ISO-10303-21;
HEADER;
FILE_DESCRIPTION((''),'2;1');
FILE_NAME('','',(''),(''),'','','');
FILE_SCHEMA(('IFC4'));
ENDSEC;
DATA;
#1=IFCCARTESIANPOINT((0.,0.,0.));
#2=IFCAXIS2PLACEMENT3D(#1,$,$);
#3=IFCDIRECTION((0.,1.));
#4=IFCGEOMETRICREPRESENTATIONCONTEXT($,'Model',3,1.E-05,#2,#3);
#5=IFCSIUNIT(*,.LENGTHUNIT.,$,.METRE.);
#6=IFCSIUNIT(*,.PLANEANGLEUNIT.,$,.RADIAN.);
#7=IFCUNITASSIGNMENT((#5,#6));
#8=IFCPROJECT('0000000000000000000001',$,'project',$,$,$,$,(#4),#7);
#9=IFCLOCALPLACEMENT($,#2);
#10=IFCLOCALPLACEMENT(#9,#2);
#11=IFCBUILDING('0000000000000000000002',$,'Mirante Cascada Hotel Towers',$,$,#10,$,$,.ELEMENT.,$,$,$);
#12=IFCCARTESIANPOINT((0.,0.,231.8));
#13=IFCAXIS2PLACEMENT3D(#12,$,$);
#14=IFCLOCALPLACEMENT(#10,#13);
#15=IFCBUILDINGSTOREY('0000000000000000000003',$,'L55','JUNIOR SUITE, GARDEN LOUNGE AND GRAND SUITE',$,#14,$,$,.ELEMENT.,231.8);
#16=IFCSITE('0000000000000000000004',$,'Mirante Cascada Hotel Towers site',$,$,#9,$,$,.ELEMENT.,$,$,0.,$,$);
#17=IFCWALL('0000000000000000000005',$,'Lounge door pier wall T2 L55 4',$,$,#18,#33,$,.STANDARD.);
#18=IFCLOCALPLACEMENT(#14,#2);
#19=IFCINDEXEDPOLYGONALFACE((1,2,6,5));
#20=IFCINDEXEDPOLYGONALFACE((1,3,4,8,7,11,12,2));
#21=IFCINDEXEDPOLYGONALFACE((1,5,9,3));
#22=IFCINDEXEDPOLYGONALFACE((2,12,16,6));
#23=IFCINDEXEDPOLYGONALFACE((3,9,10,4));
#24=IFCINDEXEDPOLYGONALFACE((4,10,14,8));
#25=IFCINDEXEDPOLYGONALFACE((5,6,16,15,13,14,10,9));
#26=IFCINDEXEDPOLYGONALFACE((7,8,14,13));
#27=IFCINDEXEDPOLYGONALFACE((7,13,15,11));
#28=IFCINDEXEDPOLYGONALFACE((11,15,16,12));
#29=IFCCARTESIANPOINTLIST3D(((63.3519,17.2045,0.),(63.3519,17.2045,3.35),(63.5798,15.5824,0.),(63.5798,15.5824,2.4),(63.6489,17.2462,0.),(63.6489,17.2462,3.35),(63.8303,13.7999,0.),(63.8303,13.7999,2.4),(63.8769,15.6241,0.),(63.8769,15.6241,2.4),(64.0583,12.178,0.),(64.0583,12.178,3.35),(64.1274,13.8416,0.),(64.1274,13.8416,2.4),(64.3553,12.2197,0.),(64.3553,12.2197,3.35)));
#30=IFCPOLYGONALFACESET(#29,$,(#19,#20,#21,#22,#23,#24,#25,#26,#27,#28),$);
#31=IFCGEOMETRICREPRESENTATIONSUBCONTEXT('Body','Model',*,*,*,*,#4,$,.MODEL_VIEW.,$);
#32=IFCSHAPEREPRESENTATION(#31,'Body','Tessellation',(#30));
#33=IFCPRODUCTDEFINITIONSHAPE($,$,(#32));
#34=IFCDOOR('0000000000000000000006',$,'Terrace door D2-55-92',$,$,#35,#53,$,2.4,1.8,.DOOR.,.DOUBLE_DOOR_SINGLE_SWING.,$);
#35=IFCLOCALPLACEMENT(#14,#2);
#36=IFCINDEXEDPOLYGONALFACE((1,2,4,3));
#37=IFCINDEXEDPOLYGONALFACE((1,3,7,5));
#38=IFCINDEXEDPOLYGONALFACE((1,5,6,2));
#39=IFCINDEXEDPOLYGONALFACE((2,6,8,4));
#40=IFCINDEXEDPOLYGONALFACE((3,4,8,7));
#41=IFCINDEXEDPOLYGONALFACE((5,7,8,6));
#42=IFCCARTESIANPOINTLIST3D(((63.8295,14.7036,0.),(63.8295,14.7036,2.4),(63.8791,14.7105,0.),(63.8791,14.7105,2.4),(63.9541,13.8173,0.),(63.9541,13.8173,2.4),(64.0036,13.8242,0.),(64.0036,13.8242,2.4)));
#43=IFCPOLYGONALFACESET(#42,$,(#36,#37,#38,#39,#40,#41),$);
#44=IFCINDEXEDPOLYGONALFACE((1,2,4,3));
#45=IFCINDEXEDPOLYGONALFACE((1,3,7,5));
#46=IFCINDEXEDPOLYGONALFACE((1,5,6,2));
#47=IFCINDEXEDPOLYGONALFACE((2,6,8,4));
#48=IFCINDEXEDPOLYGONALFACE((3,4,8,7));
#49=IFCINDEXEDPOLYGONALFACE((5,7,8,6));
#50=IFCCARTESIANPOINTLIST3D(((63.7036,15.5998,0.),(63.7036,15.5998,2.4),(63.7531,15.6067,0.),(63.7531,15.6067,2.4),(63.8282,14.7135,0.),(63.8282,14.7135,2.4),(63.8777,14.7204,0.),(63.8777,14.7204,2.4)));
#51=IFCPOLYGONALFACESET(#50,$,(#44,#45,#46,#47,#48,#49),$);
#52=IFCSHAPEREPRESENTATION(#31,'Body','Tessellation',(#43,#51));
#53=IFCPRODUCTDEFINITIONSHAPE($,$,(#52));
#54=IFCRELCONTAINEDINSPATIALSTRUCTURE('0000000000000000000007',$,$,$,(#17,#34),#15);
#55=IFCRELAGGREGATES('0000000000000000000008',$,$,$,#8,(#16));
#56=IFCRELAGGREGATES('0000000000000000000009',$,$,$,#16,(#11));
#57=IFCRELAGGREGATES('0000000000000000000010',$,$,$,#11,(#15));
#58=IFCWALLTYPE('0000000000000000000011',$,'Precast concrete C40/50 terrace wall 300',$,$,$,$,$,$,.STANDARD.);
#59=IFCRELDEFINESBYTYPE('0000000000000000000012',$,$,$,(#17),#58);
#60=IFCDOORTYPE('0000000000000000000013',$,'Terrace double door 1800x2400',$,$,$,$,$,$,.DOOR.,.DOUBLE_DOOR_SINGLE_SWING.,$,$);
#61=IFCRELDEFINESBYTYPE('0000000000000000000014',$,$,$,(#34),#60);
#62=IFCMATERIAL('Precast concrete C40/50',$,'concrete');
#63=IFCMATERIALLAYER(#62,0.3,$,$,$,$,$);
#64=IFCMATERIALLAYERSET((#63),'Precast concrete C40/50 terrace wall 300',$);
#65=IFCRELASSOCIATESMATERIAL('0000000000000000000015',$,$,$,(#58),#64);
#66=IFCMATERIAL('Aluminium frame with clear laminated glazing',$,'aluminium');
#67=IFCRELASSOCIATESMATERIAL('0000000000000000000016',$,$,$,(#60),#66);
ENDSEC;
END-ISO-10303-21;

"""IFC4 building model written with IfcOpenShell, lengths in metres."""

from ifc_helpers import new_model, si_unit, direction, frame, frame_2d, origin, place, context, subcontext, project, spatial, rectangle, extrude, material, layer, layer_set, type_object, element, fill, save


model = new_model("IFC4")

# Units and contexts
model_context = context("Model", 3, precision=1e-05, world=origin(), true_north=direction((0.0, 1.0)))
body_context = subcontext(model_context, "Body", "Model", "MODEL_VIEW")
ifc_project = project(units=[si_unit("LENGTHUNIT", "METRE"), si_unit("PLANEANGLEUNIT", "RADIAN")], contexts=[model_context])

# Site, building, storey
site_placement = place(None, origin())
site = spatial("IfcSite", under=ifc_project, at=site_placement, Name="Mirante Cascada Hotel Towers site", CompositionType="ELEMENT", RefElevation=0.0)
building_placement = place(site_placement, origin())
building = spatial("IfcBuilding", under=site, at=building_placement, Name="Mirante Cascada Hotel Towers", CompositionType="ELEMENT")
storey_placement = place(building_placement, frame((0.0, 0.0, 231.8)))
storey = spatial("IfcBuildingStorey", under=building, at=storey_placement, Name="L55", Description="JUNIOR SUITE, GARDEN LOUNGE AND GRAND SUITE", CompositionType="ELEMENT", Elevation=231.8)

# Wall, opening, door
ifc_material_1 = material(Name="Precast concrete C40/50", Category="concrete")
ifc_layer_1 = layer(ifc_material_1, 0.3)
ifc_layer_set_1 = layer_set([ifc_layer_1], Name="Precast concrete C40/50 terrace wall 300")
wall_type_1 = type_object("IfcWallType", Name="Precast concrete C40/50 terrace wall 300", PredefinedType="STANDARD", material=ifc_layer_set_1)
ifc_material_2 = material(Name="Aluminium frame with clear laminated glazing", Category="aluminium")
door_type_1 = type_object("IfcDoorType", Name="Terrace double door 1800x2400", OperationType="DOUBLE_DOOR_SINGLE_SWING", PredefinedType="DOOR", material=ifc_material_2)
wall_1_placement = place(storey_placement, frame((64.2068, 12.1988, 0.0), z_axis=(0.0, 0.0, 1.0), x_axis=(-0.139168, 0.990269, 0.0)))
wall_1 = element("IfcWall", 1, at=wall_1_placement, inside=storey, type_object=wall_type_1, Name="Lounge door pier wall T2 L55 4", PredefinedType="STANDARD", context=body_context, shape_type="SweptSolid", body=[
    extrude(rectangle(XDim=5.0759, YDim=0.3, at=frame_2d((2.538, 0.0))), origin(), (0.0, 0.0, 1.0), 3.35),
])
opening_1_placement = place(wall_1_placement, frame((1.6379, 0.0, 0.0)))
opening_1 = element("IfcOpeningElement", 2, at=opening_1_placement, cuts=wall_1, PredefinedType="OPENING", context=body_context, shape_type="SweptSolid", body=[
    extrude(rectangle(XDim=1.8, YDim=2.4, at=frame_2d((0.9, 1.2))), frame((0.0, 0.15, 0.0), z_axis=(0.0, -1.0, 0.0), x_axis=(1.0, 0.0, 0.0)), (0.0, 0.0, 1.0), 0.3),
])
door_1_placement = place(opening_1_placement, origin())
door_1 = element("IfcDoor", 3, at=door_1_placement, inside=storey, type_object=door_type_1, Name="Terrace door D2-55-92", OperationType="DOUBLE_DOOR_SINGLE_SWING", OverallHeight=2.4, OverallWidth=1.8, PredefinedType="DOOR", context=body_context, shape_type="SweptSolid", body=[
    extrude(rectangle(XDim=0.895, YDim=2.4, at=frame_2d((0.4475, 1.2))), frame((0.0, 0.025, 0.0), z_axis=(0.0, -1.0, 0.0), x_axis=(1.0, 0.0, 0.0)), (0.0, 0.0, 1.0), 0.05),
    extrude(rectangle(XDim=0.895, YDim=2.4, at=frame_2d((1.3525, 1.2))), frame((0.0, 0.025, 0.0), z_axis=(0.0, -1.0, 0.0), x_axis=(1.0, 0.0, 0.0)), (0.0, 0.0, 1.0), 0.05),
])
fill(opening_1, door_1)

save(model, "model.ifc")
